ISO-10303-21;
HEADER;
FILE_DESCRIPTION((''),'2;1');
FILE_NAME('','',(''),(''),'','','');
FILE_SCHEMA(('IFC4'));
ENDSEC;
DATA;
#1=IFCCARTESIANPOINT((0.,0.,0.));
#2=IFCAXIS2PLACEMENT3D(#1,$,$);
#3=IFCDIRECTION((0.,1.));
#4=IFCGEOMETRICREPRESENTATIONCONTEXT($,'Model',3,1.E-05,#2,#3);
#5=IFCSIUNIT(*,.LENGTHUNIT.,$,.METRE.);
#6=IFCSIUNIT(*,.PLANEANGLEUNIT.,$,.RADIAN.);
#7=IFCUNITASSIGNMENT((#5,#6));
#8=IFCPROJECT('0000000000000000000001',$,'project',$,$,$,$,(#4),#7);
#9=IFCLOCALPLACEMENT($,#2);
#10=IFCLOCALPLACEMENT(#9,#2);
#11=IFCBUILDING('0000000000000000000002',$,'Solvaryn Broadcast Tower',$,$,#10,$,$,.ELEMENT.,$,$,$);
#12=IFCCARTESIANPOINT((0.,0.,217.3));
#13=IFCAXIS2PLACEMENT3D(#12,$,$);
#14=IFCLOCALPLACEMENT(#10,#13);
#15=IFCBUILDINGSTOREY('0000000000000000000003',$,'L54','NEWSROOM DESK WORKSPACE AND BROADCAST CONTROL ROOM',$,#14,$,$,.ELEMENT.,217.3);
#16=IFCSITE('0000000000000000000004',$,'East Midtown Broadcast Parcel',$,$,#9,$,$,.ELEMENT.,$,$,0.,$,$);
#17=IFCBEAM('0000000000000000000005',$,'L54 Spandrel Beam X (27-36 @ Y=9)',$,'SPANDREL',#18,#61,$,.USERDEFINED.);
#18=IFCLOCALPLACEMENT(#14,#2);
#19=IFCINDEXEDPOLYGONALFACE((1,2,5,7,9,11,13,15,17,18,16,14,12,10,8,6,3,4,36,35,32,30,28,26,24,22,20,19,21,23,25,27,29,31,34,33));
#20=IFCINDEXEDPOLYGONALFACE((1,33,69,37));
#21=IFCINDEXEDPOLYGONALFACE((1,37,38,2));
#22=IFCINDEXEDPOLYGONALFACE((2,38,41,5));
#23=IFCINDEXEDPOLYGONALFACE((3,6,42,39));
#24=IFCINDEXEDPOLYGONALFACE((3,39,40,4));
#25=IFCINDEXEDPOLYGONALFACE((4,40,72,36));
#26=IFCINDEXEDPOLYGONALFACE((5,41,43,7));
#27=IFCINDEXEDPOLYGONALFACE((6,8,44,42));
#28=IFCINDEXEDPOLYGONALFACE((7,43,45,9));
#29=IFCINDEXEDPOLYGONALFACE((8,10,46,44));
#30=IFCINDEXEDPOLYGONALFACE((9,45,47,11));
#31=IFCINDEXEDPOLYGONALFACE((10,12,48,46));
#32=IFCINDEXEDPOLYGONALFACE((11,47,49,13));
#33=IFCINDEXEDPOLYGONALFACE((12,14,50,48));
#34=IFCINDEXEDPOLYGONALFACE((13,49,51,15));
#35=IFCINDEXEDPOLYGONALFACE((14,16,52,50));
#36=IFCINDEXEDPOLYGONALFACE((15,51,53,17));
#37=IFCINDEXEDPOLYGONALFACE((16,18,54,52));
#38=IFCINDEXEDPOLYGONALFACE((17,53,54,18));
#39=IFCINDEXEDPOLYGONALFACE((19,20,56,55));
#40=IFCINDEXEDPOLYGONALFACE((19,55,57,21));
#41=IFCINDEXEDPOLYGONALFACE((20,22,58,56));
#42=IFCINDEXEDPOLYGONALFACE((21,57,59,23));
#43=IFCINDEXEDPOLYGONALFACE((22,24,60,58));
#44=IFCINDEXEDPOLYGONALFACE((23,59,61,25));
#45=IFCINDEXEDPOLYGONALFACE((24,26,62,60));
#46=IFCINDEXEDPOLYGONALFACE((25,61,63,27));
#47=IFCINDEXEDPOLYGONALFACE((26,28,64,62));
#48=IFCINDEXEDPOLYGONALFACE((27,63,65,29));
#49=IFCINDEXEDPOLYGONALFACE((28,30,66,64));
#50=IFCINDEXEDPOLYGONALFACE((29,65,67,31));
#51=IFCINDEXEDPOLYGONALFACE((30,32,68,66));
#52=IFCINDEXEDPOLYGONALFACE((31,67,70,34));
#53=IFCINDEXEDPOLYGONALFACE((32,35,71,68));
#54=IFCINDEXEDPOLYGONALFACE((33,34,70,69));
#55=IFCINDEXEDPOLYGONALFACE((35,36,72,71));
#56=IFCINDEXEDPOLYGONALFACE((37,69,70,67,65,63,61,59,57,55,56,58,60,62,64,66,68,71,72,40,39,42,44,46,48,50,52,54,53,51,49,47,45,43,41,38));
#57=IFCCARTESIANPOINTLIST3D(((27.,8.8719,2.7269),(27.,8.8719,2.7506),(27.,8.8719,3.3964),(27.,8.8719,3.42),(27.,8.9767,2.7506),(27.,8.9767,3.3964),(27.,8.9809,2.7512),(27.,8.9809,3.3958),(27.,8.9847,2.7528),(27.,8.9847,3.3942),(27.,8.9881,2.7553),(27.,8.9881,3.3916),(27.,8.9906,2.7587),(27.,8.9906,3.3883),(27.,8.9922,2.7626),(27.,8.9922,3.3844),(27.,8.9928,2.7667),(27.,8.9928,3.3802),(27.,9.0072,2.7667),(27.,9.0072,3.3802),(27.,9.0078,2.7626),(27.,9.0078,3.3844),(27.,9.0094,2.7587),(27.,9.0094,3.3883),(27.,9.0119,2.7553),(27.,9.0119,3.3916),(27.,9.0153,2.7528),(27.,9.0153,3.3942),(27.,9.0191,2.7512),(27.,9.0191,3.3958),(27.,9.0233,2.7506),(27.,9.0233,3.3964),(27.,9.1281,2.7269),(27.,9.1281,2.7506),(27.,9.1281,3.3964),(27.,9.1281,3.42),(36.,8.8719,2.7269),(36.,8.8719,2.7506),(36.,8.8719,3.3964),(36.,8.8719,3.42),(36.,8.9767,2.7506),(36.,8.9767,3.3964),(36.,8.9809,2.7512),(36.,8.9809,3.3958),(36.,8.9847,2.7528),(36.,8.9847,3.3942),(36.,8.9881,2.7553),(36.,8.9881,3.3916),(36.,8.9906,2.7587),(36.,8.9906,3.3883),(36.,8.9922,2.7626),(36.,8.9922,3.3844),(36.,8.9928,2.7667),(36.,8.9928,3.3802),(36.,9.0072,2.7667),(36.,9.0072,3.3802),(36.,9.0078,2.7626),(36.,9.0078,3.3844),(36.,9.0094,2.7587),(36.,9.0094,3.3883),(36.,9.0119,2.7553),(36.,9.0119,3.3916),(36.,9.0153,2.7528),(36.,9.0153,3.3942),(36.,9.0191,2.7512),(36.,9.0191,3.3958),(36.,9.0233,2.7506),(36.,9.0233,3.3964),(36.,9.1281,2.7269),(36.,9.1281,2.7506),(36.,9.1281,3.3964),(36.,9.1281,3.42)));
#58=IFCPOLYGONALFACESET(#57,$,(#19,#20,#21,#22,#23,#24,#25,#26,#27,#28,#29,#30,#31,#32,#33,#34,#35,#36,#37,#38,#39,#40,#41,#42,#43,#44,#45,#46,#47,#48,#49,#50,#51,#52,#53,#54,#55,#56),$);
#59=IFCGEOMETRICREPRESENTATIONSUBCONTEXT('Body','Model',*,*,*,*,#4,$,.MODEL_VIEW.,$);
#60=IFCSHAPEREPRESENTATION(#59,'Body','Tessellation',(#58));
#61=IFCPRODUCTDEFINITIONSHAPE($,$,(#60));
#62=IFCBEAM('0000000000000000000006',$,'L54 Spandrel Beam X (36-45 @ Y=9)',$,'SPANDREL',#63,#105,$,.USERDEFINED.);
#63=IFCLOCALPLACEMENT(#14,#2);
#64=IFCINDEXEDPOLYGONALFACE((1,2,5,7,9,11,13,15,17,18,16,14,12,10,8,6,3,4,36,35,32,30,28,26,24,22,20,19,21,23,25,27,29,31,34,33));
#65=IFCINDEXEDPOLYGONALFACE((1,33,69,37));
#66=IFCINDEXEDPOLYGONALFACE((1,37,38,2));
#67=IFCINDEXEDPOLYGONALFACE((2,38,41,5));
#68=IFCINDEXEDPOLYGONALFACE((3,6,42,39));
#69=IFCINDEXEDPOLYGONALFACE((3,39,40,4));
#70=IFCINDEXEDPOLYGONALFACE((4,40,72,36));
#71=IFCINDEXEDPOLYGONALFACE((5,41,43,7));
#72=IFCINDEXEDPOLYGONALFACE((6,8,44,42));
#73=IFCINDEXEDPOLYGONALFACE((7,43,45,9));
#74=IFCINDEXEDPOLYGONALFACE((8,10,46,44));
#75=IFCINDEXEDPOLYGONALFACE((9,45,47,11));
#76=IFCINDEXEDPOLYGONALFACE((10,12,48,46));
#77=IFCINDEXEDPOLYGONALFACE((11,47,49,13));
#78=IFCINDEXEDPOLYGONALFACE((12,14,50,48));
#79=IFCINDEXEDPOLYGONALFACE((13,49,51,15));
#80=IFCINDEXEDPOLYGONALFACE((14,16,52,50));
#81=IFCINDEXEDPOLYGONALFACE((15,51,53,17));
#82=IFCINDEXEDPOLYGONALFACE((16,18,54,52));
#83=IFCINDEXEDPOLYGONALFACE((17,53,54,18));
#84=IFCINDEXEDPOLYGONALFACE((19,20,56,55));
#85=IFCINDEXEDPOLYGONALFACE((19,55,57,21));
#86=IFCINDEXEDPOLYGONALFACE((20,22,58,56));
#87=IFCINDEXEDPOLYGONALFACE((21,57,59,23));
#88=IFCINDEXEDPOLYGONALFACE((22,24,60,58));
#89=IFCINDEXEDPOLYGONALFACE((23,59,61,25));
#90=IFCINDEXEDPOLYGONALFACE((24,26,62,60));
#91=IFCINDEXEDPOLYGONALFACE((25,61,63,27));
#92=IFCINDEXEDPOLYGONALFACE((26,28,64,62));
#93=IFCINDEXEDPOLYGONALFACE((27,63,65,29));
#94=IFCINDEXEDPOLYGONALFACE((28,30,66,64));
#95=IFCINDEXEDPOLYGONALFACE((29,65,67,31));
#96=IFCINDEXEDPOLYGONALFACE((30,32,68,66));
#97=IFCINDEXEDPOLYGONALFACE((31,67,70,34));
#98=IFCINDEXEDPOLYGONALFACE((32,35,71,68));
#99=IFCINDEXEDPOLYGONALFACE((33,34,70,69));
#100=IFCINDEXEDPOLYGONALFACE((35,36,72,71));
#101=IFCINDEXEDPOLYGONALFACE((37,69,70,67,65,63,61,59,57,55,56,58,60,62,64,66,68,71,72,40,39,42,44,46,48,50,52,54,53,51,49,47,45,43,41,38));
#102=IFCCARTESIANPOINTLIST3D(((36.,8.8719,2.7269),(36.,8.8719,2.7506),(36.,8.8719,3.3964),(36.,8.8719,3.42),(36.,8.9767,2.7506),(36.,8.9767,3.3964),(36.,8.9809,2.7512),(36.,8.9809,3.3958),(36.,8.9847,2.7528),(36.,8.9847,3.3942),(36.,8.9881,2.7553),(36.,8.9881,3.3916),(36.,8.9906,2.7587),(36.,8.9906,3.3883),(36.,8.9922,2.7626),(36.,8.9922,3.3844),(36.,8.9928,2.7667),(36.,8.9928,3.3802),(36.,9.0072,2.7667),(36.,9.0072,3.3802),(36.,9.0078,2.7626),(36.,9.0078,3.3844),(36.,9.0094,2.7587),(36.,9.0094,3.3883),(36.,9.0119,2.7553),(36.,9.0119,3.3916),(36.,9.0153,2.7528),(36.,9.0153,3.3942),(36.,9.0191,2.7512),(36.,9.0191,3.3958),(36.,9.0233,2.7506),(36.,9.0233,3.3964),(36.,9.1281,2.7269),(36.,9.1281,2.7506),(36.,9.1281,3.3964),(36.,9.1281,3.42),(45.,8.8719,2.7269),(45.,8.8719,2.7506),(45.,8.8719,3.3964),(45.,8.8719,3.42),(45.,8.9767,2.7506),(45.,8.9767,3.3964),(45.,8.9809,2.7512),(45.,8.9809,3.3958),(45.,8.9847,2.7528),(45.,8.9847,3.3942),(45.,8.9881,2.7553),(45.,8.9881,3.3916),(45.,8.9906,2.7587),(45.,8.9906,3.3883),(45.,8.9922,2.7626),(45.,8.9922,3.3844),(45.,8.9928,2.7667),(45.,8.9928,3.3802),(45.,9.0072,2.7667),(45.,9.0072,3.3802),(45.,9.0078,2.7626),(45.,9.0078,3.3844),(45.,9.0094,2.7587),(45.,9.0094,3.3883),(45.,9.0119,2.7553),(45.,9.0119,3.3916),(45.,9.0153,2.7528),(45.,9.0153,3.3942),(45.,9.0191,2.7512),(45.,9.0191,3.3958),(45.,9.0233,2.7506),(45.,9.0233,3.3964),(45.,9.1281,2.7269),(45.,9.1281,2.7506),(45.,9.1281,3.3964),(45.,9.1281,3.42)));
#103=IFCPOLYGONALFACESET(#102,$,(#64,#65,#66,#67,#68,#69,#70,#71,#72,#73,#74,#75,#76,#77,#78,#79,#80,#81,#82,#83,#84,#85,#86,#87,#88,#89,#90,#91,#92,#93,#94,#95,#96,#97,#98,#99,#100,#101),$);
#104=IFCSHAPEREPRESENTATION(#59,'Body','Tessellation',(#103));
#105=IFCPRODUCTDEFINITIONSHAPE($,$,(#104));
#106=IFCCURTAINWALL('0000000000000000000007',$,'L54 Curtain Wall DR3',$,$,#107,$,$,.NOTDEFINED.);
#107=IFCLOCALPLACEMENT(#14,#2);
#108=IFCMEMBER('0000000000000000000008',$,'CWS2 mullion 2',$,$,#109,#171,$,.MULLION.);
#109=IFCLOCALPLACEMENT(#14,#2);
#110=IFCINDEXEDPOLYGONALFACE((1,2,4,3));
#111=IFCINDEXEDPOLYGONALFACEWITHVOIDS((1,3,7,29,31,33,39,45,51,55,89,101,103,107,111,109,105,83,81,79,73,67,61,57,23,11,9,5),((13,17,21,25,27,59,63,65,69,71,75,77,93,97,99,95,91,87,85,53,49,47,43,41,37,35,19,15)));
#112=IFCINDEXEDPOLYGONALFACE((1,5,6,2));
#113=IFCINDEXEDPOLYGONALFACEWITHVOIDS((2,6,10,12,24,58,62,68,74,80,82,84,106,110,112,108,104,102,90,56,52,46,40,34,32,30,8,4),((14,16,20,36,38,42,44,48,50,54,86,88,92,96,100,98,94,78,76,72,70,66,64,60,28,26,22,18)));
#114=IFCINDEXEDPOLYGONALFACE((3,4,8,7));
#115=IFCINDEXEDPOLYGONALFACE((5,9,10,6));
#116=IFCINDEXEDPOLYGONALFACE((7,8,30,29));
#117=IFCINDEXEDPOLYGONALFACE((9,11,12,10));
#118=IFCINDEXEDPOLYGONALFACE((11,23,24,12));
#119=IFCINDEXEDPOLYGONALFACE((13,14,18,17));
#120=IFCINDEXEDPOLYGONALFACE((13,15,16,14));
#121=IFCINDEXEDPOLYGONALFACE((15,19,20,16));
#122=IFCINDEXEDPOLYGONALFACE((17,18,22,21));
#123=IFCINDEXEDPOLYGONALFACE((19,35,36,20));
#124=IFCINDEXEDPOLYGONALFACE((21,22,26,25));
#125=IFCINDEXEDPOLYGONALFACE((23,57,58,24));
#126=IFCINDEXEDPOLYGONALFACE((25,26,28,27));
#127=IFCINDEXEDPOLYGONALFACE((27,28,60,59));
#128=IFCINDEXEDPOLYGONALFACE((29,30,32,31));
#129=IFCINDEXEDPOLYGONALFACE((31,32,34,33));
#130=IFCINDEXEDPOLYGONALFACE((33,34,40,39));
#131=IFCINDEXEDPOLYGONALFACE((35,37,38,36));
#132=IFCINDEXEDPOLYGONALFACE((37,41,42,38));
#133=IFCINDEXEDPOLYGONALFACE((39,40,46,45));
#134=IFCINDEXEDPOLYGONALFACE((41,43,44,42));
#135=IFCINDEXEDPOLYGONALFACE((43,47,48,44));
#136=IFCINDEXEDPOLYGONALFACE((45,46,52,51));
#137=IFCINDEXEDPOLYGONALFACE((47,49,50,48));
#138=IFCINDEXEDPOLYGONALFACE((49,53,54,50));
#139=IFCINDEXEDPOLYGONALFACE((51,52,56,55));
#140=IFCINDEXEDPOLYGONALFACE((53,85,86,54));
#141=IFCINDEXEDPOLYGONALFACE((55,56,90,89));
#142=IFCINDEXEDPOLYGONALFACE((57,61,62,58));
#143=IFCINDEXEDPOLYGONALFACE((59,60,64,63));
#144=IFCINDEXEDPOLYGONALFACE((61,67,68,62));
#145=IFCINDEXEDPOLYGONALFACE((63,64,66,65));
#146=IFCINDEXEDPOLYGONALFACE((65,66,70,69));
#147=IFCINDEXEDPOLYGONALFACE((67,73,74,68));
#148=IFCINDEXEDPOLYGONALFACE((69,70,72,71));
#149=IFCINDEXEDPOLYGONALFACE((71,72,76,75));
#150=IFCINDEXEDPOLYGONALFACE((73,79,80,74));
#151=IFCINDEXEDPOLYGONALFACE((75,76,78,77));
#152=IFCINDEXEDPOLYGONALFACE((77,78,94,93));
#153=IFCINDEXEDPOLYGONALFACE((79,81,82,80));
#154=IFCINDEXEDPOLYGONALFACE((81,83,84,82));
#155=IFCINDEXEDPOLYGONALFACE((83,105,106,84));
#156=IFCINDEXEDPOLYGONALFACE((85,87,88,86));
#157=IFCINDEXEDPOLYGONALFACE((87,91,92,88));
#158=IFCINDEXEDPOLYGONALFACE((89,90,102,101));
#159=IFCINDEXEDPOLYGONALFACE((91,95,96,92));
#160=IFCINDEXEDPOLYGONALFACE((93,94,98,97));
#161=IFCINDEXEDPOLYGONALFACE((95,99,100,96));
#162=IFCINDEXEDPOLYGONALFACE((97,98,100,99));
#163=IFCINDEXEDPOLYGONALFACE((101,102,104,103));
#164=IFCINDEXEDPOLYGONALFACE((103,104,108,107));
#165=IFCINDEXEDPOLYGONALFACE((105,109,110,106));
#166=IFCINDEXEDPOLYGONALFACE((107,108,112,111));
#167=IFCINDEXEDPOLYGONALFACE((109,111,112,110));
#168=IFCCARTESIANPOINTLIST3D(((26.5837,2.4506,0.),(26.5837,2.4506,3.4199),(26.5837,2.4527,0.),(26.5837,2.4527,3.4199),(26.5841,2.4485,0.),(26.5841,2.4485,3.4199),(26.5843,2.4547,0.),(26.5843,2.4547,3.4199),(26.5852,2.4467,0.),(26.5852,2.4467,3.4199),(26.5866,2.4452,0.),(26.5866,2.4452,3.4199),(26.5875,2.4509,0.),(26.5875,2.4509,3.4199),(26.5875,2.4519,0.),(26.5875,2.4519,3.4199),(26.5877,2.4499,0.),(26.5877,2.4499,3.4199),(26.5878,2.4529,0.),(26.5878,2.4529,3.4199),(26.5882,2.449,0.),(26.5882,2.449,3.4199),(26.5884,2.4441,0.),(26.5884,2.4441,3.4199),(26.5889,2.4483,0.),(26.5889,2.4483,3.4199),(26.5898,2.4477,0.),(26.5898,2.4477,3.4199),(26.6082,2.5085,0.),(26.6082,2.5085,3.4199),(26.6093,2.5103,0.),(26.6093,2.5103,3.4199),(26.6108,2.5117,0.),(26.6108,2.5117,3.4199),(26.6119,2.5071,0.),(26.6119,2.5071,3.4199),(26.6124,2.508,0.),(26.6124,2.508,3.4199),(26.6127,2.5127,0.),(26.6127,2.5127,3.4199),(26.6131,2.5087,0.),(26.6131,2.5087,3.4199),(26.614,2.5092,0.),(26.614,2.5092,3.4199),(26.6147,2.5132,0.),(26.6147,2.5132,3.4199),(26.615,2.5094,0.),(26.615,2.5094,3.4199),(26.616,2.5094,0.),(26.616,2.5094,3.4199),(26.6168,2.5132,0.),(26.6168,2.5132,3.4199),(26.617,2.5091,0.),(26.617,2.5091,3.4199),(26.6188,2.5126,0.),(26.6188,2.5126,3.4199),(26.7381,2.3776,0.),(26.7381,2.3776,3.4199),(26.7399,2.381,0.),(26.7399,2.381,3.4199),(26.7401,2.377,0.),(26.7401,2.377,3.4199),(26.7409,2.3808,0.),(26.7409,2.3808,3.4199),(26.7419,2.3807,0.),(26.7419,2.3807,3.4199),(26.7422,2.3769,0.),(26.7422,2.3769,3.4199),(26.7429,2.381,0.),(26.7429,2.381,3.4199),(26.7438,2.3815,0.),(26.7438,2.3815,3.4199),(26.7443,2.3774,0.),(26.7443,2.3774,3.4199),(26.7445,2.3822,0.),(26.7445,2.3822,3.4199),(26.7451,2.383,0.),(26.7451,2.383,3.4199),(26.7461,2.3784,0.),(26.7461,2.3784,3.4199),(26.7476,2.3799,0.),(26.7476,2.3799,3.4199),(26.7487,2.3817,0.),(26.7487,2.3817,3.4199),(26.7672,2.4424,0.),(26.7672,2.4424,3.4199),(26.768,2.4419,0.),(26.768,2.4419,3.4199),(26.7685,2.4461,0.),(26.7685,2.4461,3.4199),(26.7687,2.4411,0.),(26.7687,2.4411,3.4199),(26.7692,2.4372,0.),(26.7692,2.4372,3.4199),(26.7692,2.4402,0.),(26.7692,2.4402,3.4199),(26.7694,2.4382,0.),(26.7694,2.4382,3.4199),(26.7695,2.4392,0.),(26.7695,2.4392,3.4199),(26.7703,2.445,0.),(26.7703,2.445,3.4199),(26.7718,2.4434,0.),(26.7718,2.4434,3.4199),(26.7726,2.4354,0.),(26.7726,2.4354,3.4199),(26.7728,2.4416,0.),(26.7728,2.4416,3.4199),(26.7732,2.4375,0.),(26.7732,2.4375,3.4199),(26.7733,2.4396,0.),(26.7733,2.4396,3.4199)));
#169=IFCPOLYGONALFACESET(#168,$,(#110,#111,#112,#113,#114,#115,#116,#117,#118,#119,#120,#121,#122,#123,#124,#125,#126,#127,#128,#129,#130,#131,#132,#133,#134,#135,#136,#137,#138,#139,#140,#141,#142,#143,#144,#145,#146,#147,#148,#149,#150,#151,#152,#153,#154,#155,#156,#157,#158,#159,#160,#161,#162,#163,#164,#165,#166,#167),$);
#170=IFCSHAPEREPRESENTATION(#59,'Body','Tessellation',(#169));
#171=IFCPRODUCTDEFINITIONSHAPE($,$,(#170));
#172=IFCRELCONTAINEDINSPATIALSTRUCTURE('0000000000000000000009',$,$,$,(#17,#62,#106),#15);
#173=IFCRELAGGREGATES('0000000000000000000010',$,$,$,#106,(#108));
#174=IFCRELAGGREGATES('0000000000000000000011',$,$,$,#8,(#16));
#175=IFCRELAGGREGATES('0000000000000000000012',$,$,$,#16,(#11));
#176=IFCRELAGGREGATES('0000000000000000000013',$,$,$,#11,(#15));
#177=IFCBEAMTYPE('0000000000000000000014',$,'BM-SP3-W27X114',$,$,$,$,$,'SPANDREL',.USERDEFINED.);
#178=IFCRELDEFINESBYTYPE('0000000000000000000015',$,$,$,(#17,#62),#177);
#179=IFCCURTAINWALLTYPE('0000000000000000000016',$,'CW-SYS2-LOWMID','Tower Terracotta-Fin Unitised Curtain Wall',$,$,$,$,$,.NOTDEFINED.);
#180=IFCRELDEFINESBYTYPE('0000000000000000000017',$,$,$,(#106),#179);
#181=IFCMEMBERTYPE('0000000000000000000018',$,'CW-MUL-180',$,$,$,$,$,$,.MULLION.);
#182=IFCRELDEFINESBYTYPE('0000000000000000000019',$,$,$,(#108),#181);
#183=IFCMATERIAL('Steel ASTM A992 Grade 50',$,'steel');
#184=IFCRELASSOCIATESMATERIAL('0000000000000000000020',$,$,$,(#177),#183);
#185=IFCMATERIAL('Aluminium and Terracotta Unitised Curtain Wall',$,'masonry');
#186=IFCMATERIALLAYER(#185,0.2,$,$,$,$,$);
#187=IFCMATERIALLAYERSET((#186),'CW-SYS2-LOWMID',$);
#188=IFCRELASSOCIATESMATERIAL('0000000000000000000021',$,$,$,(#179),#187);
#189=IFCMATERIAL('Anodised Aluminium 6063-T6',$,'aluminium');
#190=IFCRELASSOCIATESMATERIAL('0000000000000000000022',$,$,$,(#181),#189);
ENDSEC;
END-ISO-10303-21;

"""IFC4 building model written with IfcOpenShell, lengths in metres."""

from ifc_helpers import new_model, si_unit, direction, frame, origin, origin_2d, place, context, subcontext, project, spatial, hollow_rectangle, i_section, extrude, material, layer, layer_set, material_profile, profile_set, type_object, element, aggregate, save


model = new_model("IFC4")

# Units and contexts
model_context = context("Model", 3, precision=1e-05, world=origin(), true_north=direction((0.0, 1.0)))
body_context = subcontext(model_context, "Body", "Model", "MODEL_VIEW")
ifc_project = project(units=[si_unit("LENGTHUNIT", "METRE"), si_unit("PLANEANGLEUNIT", "RADIAN")], contexts=[model_context])

# Site, building, storey
site_placement = place(None, origin())
site = spatial("IfcSite", under=ifc_project, at=site_placement, Name="East Midtown Broadcast Parcel", CompositionType="ELEMENT", RefElevation=0.0)
building_placement = place(site_placement, origin())
building = spatial("IfcBuilding", under=site, at=building_placement, Name="Solvaryn Broadcast Tower", CompositionType="ELEMENT")
storey_placement = place(building_placement, frame((0.0, 0.0, 217.3)))
storey = spatial("IfcBuildingStorey", under=building, at=storey_placement, Name="L54", Description="NEWSROOM DESK WORKSPACE AND BROADCAST CONTROL ROOM", CompositionType="ELEMENT", Elevation=217.3)

# Beams
ifc_material_1 = material(Name="Steel ASTM A992 Grade 50", Category="steel")
ifc_material_profile_1 = material_profile(ifc_material_1, i_section(OverallWidth=0.2561, OverallDepth=0.6931, WebThickness=0.0144, FlangeThickness=0.0237, FilletRadius=0.0161, at=origin_2d()))
ifc_profile_set_1 = profile_set([ifc_material_profile_1], Name="Steel ASTM A992 Grade 50")
beam_type_1 = type_object("IfcBeamType", Name="BM-SP3-W27X114", ElementType="SPANDREL", PredefinedType="USERDEFINED", material=ifc_profile_set_1)
for number, where, z_axis, x_axis, name in (
    (1, (27.0, 9.0, 3.0735), (1.0, 0.0, 0.0), (0.0, 1.0, 0.0), "L54 Spandrel Beam X (27-36 @ Y=9)"),
    (2, (36.0, 9.0, 3.0735), (1.0, 0.0, 0.0), (0.0, 1.0, 0.0), "L54 Spandrel Beam X (36-45 @ Y=9)"),
):
    element("IfcBeam", number, at=place(storey_placement, frame(where, z_axis=z_axis, x_axis=x_axis)), inside=storey, type_object=beam_type_1, Name=name, ObjectType="SPANDREL", PredefinedType="USERDEFINED", context=body_context, shape_type="SweptSolid", body=[
        extrude(i_section(OverallWidth=0.2561, OverallDepth=0.6931, WebThickness=0.0144, FlangeThickness=0.0237, FilletRadius=0.0161, at=origin_2d()), origin(), (0.0, 0.0, 1.0), 9.0),
    ])

# Curtain wall, member
ifc_material_2 = material(Name="Aluminium and Terracotta Unitised Curtain Wall", Category="masonry")
ifc_layer_1 = layer(ifc_material_2, 0.2)
ifc_layer_set_1 = layer_set([ifc_layer_1], Name="CW-SYS2-LOWMID")
curtain_wall_type = type_object("IfcCurtainWallType", Name="CW-SYS2-LOWMID", Description="Tower Terracotta-Fin Unitised Curtain Wall", PredefinedType="NOTDEFINED", material=ifc_layer_set_1)
curtain_wall_1_placement = place(storey_placement, origin())
curtain_wall_1 = element("IfcCurtainWall", 3, at=curtain_wall_1_placement, inside=storey, type_object=curtain_wall_type, Name="L54 Curtain Wall DR3", PredefinedType="NOTDEFINED")
ifc_material_3 = material(Name="Anodised Aluminium 6063-T6", Category="aluminium")
ifc_material_profile_2 = material_profile(ifc_material_3, hollow_rectangle(XDim=0.075, YDim=0.1799, WallThickness=0.0039, InnerFilletRadius=0.0039, OuterFilletRadius=0.0081, at=origin_2d()))
ifc_profile_set_2 = profile_set([ifc_material_profile_2], Name="Anodised Aluminium 6063-T6")
member_type_1 = type_object("IfcMemberType", Name="CW-MUL-180", PredefinedType="MULLION", material=ifc_profile_set_2)
member_1_placement = place(storey_placement, frame((26.6785, 2.4451, 0.0), z_axis=(0.0, 0.0, 1.0), x_axis=(0.405901, 0.913917, 0.0)))
member_1 = element("IfcMember", 4, at=member_1_placement, type_object=member_type_1, Name="CWS2 mullion 2", PredefinedType="MULLION", context=body_context, shape_type="SweptSolid", body=[
    extrude(hollow_rectangle(XDim=0.075, YDim=0.1799, WallThickness=0.0039, InnerFilletRadius=0.0039, OuterFilletRadius=0.0081, at=origin_2d()), origin(), (0.0, 0.0, 1.0), 3.4199),
])
aggregate(curtain_wall_1, [member_1])

save(model, "model.ifc")
